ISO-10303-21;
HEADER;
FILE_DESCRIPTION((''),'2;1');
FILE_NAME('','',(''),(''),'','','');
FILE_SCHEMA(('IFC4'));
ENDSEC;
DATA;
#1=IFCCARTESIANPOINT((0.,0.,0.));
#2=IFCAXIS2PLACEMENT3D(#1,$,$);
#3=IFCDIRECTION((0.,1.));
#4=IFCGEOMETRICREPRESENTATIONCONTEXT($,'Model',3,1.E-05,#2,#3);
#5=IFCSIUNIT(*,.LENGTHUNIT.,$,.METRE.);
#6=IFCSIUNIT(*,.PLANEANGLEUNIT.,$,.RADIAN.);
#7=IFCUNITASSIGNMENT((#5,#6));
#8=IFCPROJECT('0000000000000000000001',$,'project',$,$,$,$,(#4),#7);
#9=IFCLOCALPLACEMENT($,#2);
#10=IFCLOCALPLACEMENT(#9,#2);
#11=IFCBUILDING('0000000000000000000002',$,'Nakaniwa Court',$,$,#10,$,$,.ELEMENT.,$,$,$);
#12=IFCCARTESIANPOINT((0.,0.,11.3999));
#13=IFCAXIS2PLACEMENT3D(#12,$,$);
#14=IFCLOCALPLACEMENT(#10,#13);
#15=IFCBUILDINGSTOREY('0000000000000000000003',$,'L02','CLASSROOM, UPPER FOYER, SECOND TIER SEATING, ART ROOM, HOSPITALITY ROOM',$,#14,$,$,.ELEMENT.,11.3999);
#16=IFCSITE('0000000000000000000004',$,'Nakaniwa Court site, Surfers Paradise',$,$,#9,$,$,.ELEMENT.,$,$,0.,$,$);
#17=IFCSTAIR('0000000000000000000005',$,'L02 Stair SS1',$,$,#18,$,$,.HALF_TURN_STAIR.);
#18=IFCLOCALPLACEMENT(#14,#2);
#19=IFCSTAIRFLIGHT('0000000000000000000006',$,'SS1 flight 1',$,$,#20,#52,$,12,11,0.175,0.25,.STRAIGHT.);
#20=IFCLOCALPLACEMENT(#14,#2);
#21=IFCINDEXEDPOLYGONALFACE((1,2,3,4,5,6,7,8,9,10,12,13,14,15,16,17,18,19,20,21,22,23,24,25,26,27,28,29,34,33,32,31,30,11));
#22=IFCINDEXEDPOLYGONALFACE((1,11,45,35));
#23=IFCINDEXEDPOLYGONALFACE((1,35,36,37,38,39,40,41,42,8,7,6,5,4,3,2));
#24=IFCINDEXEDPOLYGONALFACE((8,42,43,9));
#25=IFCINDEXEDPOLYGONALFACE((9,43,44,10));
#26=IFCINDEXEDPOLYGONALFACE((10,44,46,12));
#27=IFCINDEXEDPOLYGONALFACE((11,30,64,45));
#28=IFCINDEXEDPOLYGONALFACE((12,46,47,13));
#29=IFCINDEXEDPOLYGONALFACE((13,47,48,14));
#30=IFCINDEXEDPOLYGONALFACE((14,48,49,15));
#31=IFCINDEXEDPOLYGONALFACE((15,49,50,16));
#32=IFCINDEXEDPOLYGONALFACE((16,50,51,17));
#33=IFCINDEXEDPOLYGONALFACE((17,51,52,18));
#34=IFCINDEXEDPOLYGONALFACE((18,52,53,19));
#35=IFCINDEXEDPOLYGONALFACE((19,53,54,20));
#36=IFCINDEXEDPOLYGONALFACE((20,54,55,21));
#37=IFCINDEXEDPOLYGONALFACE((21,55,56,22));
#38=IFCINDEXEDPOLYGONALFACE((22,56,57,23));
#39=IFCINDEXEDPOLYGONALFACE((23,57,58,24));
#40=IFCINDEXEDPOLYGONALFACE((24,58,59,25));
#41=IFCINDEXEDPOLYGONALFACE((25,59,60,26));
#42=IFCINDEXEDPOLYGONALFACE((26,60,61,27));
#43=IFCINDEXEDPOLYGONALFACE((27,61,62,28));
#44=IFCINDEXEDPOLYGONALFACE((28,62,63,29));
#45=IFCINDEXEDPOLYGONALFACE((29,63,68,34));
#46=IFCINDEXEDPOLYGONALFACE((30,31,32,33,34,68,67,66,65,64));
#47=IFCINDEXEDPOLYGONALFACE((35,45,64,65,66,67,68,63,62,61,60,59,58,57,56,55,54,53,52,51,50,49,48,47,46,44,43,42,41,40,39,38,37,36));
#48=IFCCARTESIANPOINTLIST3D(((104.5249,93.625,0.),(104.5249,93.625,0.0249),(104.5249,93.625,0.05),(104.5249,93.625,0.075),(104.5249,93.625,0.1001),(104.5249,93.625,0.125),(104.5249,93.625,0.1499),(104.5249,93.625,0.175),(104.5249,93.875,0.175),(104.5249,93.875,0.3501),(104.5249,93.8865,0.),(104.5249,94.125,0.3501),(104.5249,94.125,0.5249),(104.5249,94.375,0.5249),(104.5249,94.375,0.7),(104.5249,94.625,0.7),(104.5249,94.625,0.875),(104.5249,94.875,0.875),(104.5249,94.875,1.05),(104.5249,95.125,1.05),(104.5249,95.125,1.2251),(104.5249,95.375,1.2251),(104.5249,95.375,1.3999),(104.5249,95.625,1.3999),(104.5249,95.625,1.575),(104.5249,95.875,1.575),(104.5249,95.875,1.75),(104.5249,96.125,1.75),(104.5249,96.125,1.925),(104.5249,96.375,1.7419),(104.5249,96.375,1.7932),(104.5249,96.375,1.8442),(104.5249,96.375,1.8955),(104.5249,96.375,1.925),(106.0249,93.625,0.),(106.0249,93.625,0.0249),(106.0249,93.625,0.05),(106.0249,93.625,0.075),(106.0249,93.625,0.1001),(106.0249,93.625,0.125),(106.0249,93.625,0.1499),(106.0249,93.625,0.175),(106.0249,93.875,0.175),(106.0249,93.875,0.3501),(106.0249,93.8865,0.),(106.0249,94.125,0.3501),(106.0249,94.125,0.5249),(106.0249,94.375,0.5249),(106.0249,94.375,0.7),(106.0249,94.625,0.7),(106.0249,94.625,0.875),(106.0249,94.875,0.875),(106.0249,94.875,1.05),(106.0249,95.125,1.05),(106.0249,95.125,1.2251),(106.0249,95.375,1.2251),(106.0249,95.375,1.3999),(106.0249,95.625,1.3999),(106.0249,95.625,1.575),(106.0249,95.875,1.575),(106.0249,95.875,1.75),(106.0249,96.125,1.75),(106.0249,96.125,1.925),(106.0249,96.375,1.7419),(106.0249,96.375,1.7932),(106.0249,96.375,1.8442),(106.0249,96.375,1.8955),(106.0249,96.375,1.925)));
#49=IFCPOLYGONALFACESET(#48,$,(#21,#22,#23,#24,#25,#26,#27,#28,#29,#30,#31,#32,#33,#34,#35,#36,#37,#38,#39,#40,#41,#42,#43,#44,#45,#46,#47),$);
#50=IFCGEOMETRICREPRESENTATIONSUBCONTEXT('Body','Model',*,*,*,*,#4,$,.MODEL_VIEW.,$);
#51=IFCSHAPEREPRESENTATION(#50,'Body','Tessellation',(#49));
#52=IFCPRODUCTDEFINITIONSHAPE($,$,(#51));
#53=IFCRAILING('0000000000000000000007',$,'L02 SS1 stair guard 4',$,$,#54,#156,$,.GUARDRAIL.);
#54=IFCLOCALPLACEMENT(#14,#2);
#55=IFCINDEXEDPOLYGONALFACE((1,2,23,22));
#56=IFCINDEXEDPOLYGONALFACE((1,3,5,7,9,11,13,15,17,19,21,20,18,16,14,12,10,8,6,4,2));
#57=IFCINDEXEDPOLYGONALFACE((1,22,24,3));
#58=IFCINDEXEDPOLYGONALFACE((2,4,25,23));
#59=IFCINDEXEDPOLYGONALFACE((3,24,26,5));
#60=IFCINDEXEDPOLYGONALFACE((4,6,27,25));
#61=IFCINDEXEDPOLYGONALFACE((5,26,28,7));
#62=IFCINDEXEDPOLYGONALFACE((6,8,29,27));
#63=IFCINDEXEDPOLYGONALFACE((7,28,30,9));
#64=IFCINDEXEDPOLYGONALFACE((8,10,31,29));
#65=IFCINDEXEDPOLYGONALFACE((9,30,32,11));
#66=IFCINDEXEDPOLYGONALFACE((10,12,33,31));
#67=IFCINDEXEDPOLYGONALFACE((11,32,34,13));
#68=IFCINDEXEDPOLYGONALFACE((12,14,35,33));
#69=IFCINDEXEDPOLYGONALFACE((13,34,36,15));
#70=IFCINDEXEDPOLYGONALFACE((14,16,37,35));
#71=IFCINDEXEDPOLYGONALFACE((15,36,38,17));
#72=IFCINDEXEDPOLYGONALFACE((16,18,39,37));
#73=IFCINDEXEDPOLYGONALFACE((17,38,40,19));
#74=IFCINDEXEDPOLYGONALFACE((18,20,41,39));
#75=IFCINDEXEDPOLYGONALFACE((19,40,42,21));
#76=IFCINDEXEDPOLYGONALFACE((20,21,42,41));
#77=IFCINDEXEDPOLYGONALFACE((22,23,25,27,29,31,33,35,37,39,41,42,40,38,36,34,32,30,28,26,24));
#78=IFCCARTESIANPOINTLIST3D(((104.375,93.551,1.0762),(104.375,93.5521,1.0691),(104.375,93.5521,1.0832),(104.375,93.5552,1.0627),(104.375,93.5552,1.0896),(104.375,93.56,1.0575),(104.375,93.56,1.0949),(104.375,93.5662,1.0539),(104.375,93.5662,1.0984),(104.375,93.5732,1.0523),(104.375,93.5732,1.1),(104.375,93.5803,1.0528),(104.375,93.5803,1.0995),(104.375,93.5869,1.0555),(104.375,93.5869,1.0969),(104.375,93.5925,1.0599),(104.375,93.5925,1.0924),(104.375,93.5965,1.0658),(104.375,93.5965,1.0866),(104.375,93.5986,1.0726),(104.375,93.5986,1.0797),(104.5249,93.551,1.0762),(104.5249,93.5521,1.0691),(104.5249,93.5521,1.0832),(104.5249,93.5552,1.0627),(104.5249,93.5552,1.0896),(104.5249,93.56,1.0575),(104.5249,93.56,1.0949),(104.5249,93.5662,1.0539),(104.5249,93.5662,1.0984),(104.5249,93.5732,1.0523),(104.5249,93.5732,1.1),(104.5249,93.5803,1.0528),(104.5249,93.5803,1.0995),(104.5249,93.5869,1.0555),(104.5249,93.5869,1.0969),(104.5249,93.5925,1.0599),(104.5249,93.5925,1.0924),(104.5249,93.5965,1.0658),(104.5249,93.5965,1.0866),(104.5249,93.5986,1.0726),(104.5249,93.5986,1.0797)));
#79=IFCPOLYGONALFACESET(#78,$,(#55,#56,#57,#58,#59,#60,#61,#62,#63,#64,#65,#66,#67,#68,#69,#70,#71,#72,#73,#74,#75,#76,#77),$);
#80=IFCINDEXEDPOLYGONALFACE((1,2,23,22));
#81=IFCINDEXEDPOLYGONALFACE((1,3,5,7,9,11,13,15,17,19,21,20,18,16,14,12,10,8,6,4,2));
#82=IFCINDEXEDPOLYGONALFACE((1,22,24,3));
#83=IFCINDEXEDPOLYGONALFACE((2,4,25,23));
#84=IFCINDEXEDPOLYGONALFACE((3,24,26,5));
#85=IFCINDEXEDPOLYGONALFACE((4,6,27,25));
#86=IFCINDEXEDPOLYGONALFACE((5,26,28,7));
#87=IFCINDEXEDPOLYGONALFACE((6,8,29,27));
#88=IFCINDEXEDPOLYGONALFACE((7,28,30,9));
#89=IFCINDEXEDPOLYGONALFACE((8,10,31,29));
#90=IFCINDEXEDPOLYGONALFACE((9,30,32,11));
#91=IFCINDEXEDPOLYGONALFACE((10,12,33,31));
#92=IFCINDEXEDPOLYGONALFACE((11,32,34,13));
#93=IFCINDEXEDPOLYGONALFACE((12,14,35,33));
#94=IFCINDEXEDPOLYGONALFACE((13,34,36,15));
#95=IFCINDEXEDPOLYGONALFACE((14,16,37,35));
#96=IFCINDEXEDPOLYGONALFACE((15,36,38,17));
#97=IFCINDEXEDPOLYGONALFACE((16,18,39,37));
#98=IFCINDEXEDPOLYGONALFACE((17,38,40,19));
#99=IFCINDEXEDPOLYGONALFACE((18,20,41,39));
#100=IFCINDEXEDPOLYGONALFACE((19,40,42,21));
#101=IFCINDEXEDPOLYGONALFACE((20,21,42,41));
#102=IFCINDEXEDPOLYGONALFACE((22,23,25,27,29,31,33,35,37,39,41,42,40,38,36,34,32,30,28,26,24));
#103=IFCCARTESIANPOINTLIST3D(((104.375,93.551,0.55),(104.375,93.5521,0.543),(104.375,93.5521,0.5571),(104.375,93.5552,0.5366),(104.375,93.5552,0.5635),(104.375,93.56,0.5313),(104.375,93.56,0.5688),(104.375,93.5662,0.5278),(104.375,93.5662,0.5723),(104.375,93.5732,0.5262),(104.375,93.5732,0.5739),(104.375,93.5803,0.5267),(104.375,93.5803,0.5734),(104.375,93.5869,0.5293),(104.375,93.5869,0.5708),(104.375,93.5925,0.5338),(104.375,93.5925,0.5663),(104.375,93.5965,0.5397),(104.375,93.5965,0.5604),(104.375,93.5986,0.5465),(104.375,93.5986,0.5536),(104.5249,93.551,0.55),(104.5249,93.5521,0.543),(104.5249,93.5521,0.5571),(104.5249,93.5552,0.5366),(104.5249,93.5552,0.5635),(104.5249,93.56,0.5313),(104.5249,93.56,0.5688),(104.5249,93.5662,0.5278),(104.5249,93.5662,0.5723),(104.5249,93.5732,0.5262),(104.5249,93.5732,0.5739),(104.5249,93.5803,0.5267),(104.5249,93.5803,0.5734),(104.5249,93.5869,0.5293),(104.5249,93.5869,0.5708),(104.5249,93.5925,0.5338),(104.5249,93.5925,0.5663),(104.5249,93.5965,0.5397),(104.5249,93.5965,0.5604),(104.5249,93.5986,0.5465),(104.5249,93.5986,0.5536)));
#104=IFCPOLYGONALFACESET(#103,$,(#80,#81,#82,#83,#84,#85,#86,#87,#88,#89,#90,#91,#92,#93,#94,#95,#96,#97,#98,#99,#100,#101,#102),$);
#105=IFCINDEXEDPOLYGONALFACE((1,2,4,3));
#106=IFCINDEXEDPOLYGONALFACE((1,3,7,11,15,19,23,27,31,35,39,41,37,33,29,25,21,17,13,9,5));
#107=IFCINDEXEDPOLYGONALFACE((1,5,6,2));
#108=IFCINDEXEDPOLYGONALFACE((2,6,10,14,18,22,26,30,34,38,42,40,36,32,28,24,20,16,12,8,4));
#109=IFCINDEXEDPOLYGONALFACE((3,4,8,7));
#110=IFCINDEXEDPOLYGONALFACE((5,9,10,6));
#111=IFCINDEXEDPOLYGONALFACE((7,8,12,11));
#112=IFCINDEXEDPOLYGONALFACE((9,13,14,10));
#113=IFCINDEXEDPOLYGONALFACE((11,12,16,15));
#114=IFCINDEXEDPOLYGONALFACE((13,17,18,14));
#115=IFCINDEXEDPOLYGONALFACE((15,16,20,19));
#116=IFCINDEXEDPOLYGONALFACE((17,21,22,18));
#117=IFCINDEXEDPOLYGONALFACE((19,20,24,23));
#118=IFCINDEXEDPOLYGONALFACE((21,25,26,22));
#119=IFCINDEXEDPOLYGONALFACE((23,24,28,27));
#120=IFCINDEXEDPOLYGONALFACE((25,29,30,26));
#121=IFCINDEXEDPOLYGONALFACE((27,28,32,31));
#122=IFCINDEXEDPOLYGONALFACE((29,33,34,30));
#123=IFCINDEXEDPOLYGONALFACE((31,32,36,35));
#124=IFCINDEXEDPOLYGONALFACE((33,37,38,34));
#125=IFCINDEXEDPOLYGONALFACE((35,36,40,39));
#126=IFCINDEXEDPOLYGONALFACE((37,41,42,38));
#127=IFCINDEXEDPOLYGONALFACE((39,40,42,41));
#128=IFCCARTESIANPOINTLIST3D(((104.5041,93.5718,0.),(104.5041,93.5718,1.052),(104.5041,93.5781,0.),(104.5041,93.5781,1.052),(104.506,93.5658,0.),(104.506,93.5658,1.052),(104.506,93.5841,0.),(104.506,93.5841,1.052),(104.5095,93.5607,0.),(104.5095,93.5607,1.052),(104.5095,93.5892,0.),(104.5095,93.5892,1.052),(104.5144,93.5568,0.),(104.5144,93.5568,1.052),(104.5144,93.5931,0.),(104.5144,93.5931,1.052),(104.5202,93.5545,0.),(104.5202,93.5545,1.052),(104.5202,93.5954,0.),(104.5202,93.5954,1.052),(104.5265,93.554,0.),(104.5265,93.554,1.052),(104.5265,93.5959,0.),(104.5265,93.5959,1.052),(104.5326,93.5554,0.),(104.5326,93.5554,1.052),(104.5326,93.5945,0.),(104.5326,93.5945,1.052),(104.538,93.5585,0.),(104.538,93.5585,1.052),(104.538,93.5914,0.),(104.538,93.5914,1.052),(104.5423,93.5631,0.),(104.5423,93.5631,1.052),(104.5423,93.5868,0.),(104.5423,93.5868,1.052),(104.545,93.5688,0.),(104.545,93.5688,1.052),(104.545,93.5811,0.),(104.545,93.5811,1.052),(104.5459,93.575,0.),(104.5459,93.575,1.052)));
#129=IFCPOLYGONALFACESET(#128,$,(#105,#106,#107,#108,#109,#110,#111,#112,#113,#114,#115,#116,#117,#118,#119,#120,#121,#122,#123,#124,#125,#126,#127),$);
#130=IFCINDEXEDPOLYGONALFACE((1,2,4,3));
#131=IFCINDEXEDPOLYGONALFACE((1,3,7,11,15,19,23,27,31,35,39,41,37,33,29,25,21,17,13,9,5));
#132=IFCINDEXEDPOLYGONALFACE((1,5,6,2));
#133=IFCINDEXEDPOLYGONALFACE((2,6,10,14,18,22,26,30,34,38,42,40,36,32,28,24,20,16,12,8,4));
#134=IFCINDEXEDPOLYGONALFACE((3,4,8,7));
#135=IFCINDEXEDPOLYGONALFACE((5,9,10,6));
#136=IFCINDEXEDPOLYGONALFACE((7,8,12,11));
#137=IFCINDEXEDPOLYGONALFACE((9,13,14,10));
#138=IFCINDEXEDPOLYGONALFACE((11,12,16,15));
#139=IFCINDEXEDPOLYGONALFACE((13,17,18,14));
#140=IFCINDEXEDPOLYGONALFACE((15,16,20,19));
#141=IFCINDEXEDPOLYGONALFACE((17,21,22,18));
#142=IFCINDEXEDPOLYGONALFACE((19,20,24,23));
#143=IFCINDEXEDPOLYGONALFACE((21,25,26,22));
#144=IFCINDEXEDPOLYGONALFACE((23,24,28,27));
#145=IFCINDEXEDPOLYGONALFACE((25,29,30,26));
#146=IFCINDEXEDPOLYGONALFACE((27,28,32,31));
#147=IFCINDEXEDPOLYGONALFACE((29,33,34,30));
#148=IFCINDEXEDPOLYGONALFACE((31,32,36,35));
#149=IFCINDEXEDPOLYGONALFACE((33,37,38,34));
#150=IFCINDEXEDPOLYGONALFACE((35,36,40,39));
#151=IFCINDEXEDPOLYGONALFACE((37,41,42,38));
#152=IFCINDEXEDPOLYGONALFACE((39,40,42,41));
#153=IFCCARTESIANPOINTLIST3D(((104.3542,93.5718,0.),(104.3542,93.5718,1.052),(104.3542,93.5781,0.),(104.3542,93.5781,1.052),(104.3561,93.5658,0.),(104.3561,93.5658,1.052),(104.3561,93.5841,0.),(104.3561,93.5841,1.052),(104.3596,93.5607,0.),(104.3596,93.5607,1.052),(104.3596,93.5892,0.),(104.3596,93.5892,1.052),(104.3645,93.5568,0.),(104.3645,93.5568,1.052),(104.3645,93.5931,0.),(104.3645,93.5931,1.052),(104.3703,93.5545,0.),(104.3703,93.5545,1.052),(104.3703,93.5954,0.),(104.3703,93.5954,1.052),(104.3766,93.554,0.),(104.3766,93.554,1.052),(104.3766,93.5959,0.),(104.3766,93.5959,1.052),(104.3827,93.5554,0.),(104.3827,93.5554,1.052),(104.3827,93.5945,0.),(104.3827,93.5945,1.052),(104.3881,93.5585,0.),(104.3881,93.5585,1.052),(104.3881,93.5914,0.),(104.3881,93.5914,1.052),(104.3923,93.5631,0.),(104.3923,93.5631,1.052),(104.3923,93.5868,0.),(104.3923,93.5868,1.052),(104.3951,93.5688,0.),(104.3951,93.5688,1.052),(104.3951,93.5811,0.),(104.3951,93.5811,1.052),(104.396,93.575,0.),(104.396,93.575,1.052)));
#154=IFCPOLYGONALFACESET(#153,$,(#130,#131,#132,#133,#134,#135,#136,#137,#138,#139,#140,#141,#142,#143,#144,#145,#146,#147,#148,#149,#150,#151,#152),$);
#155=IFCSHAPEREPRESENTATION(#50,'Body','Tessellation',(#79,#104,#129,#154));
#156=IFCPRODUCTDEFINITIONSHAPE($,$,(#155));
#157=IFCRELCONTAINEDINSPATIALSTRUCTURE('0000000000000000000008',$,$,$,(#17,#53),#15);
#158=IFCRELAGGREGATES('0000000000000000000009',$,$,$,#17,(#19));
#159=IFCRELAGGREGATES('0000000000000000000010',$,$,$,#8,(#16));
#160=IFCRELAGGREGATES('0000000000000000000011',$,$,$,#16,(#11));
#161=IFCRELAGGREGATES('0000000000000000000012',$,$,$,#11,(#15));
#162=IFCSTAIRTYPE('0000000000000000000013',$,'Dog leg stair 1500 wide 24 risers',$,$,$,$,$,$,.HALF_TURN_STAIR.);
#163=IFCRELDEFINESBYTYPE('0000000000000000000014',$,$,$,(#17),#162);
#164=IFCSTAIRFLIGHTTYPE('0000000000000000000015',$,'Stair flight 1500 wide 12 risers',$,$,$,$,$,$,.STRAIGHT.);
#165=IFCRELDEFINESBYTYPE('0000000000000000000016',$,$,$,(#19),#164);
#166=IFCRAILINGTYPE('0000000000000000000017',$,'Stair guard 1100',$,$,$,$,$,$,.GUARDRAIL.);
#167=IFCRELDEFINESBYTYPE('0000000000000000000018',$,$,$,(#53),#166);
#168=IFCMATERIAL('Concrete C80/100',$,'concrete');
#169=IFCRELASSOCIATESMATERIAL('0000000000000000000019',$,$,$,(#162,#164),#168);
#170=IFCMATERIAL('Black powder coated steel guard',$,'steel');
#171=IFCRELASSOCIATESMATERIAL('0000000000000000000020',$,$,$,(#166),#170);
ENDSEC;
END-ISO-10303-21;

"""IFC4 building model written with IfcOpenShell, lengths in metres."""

from ifc_helpers import new_model, si_unit, direction, frame, origin, origin_2d, place, context, subcontext, project, spatial, polyline, circle, outline, extrude, material, type_object, element, aggregate, save


model = new_model("IFC4")

# Units and contexts
model_context = context("Model", 3, precision=1e-05, world=origin(), true_north=direction((0.0, 1.0)))
body_context = subcontext(model_context, "Body", "Model", "MODEL_VIEW")
ifc_project = project(units=[si_unit("LENGTHUNIT", "METRE"), si_unit("PLANEANGLEUNIT", "RADIAN")], contexts=[model_context])

# Site, building, storey
site_placement = place(None, origin())
site = spatial("IfcSite", under=ifc_project, at=site_placement, Name="Nakaniwa Court site, Surfers Paradise", CompositionType="ELEMENT", RefElevation=0.0)
building_placement = place(site_placement, origin())
building = spatial("IfcBuilding", under=site, at=building_placement, Name="Nakaniwa Court", CompositionType="ELEMENT")
storey_placement = place(building_placement, frame((0.0, 0.0, 11.3999)))
storey = spatial("IfcBuildingStorey", under=building, at=storey_placement, Name="L02", Description="CLASSROOM, UPPER FOYER, SECOND TIER SEATING, ART ROOM, HOSPITALITY ROOM", CompositionType="ELEMENT", Elevation=11.3999)

# Stair, stair flight
ifc_material_1 = material(Name="Concrete C80/100", Category="concrete")
stair_type = type_object("IfcStairType", Name="Dog leg stair 1500 wide 24 risers", PredefinedType="HALF_TURN_STAIR", material=ifc_material_1)
stair_placement = place(storey_placement, origin())
stair = element("IfcStair", 1, at=stair_placement, inside=storey, type_object=stair_type, Name="L02 Stair SS1", PredefinedType="HALF_TURN_STAIR")
stair_flight_type = type_object("IfcStairFlightType", Name="Stair flight 1500 wide 12 risers", PredefinedType="STRAIGHT", material=ifc_material_1)
stair_flight_placement = place(storey_placement, frame((105.2749, 93.625, 0.0), z_axis=(0.0, 0.0, 1.0), x_axis=(0.0, 1.0, 0.0)))
stair_flight = element("IfcStairFlight", 2, at=stair_flight_placement, type_object=stair_flight_type, Name="SS1 flight 1", NumberOfRisers=12, NumberOfTreads=11, PredefinedType="STRAIGHT", RiserHeight=0.175, TreadLength=0.25, context=body_context, shape_type="SweptSolid", body=[
    extrude(outline(polyline([(0.0, 0.0), (0.0, 0.0249), (0.0, 0.05), (0.0, 0.075), (0.0, 0.1001), (0.0, 0.125), (0.0, 0.1499), (0.0, 0.175), (0.25, 0.175), (0.25, 0.3501), (0.5, 0.3501), (0.5, 0.5249), (0.75, 0.5249), (0.75, 0.7), (1.0, 0.7), (1.0, 0.875), (1.25, 0.875), (1.25, 1.05), (1.5, 1.05), (1.5, 1.2251), (1.75, 1.2251), (1.75, 1.3999), (2.0, 1.3999), (2.0, 1.575), (2.25, 1.575), (2.25, 1.75), (2.5, 1.75), (2.5, 1.925), (2.75, 1.925), (2.75, 2.1001), (2.75, 2.0488), (2.75, 1.9978), (2.75, 1.9465), (2.75, 1.8955), (2.75, 1.8442), (2.75, 1.7932), (2.75, 1.7419), (0.2615, 0.0), (0.0, 0.0)])), frame((0.0, 0.75, 0.0), z_axis=(0.0, -1.0, 0.0), x_axis=(1.0, 0.0, 0.0)), (0.0, 0.0, 1.0), 1.5),
])
aggregate(stair, [stair_flight])

# Railing
ifc_material_2 = material(Name="Black powder coated steel guard", Category="steel")
railing_type = type_object("IfcRailingType", Name="Stair guard 1100", PredefinedType="GUARDRAIL", material=ifc_material_2)
railing_1_placement = place(storey_placement, frame((104.5249, 93.575, 0.0)))
element("IfcRailing", 3, at=railing_1_placement, inside=storey, type_object=railing_type, Name="L02 SS1 stair guard 4", PredefinedType="GUARDRAIL", context=body_context, shape_type="SweptSolid", body=[
    extrude(circle(Radius=0.0239, at=origin_2d()), frame((0.0, 0.0, 1.0762), z_axis=(-1.0, 0.0, 0.0), x_axis=(0.0, -1.0, 0.0)), (0.0, 0.0, 1.0), 0.1499),
    extrude(circle(Radius=0.0239, at=origin_2d()), frame((0.0, 0.0, 0.55), z_axis=(-1.0, 0.0, 0.0), x_axis=(0.0, -1.0, 0.0)), (0.0, 0.0, 1.0), 0.1499),
    extrude(circle(Radius=0.021, at=origin_2d()), origin(), (0.0, 0.0, 1.0), 1.052),
    extrude(circle(Radius=0.021, at=origin_2d()), frame((-0.1499, 0.0, 0.0)), (0.0, 0.0, 1.0), 1.052),
])

save(model, "model.ifc")
